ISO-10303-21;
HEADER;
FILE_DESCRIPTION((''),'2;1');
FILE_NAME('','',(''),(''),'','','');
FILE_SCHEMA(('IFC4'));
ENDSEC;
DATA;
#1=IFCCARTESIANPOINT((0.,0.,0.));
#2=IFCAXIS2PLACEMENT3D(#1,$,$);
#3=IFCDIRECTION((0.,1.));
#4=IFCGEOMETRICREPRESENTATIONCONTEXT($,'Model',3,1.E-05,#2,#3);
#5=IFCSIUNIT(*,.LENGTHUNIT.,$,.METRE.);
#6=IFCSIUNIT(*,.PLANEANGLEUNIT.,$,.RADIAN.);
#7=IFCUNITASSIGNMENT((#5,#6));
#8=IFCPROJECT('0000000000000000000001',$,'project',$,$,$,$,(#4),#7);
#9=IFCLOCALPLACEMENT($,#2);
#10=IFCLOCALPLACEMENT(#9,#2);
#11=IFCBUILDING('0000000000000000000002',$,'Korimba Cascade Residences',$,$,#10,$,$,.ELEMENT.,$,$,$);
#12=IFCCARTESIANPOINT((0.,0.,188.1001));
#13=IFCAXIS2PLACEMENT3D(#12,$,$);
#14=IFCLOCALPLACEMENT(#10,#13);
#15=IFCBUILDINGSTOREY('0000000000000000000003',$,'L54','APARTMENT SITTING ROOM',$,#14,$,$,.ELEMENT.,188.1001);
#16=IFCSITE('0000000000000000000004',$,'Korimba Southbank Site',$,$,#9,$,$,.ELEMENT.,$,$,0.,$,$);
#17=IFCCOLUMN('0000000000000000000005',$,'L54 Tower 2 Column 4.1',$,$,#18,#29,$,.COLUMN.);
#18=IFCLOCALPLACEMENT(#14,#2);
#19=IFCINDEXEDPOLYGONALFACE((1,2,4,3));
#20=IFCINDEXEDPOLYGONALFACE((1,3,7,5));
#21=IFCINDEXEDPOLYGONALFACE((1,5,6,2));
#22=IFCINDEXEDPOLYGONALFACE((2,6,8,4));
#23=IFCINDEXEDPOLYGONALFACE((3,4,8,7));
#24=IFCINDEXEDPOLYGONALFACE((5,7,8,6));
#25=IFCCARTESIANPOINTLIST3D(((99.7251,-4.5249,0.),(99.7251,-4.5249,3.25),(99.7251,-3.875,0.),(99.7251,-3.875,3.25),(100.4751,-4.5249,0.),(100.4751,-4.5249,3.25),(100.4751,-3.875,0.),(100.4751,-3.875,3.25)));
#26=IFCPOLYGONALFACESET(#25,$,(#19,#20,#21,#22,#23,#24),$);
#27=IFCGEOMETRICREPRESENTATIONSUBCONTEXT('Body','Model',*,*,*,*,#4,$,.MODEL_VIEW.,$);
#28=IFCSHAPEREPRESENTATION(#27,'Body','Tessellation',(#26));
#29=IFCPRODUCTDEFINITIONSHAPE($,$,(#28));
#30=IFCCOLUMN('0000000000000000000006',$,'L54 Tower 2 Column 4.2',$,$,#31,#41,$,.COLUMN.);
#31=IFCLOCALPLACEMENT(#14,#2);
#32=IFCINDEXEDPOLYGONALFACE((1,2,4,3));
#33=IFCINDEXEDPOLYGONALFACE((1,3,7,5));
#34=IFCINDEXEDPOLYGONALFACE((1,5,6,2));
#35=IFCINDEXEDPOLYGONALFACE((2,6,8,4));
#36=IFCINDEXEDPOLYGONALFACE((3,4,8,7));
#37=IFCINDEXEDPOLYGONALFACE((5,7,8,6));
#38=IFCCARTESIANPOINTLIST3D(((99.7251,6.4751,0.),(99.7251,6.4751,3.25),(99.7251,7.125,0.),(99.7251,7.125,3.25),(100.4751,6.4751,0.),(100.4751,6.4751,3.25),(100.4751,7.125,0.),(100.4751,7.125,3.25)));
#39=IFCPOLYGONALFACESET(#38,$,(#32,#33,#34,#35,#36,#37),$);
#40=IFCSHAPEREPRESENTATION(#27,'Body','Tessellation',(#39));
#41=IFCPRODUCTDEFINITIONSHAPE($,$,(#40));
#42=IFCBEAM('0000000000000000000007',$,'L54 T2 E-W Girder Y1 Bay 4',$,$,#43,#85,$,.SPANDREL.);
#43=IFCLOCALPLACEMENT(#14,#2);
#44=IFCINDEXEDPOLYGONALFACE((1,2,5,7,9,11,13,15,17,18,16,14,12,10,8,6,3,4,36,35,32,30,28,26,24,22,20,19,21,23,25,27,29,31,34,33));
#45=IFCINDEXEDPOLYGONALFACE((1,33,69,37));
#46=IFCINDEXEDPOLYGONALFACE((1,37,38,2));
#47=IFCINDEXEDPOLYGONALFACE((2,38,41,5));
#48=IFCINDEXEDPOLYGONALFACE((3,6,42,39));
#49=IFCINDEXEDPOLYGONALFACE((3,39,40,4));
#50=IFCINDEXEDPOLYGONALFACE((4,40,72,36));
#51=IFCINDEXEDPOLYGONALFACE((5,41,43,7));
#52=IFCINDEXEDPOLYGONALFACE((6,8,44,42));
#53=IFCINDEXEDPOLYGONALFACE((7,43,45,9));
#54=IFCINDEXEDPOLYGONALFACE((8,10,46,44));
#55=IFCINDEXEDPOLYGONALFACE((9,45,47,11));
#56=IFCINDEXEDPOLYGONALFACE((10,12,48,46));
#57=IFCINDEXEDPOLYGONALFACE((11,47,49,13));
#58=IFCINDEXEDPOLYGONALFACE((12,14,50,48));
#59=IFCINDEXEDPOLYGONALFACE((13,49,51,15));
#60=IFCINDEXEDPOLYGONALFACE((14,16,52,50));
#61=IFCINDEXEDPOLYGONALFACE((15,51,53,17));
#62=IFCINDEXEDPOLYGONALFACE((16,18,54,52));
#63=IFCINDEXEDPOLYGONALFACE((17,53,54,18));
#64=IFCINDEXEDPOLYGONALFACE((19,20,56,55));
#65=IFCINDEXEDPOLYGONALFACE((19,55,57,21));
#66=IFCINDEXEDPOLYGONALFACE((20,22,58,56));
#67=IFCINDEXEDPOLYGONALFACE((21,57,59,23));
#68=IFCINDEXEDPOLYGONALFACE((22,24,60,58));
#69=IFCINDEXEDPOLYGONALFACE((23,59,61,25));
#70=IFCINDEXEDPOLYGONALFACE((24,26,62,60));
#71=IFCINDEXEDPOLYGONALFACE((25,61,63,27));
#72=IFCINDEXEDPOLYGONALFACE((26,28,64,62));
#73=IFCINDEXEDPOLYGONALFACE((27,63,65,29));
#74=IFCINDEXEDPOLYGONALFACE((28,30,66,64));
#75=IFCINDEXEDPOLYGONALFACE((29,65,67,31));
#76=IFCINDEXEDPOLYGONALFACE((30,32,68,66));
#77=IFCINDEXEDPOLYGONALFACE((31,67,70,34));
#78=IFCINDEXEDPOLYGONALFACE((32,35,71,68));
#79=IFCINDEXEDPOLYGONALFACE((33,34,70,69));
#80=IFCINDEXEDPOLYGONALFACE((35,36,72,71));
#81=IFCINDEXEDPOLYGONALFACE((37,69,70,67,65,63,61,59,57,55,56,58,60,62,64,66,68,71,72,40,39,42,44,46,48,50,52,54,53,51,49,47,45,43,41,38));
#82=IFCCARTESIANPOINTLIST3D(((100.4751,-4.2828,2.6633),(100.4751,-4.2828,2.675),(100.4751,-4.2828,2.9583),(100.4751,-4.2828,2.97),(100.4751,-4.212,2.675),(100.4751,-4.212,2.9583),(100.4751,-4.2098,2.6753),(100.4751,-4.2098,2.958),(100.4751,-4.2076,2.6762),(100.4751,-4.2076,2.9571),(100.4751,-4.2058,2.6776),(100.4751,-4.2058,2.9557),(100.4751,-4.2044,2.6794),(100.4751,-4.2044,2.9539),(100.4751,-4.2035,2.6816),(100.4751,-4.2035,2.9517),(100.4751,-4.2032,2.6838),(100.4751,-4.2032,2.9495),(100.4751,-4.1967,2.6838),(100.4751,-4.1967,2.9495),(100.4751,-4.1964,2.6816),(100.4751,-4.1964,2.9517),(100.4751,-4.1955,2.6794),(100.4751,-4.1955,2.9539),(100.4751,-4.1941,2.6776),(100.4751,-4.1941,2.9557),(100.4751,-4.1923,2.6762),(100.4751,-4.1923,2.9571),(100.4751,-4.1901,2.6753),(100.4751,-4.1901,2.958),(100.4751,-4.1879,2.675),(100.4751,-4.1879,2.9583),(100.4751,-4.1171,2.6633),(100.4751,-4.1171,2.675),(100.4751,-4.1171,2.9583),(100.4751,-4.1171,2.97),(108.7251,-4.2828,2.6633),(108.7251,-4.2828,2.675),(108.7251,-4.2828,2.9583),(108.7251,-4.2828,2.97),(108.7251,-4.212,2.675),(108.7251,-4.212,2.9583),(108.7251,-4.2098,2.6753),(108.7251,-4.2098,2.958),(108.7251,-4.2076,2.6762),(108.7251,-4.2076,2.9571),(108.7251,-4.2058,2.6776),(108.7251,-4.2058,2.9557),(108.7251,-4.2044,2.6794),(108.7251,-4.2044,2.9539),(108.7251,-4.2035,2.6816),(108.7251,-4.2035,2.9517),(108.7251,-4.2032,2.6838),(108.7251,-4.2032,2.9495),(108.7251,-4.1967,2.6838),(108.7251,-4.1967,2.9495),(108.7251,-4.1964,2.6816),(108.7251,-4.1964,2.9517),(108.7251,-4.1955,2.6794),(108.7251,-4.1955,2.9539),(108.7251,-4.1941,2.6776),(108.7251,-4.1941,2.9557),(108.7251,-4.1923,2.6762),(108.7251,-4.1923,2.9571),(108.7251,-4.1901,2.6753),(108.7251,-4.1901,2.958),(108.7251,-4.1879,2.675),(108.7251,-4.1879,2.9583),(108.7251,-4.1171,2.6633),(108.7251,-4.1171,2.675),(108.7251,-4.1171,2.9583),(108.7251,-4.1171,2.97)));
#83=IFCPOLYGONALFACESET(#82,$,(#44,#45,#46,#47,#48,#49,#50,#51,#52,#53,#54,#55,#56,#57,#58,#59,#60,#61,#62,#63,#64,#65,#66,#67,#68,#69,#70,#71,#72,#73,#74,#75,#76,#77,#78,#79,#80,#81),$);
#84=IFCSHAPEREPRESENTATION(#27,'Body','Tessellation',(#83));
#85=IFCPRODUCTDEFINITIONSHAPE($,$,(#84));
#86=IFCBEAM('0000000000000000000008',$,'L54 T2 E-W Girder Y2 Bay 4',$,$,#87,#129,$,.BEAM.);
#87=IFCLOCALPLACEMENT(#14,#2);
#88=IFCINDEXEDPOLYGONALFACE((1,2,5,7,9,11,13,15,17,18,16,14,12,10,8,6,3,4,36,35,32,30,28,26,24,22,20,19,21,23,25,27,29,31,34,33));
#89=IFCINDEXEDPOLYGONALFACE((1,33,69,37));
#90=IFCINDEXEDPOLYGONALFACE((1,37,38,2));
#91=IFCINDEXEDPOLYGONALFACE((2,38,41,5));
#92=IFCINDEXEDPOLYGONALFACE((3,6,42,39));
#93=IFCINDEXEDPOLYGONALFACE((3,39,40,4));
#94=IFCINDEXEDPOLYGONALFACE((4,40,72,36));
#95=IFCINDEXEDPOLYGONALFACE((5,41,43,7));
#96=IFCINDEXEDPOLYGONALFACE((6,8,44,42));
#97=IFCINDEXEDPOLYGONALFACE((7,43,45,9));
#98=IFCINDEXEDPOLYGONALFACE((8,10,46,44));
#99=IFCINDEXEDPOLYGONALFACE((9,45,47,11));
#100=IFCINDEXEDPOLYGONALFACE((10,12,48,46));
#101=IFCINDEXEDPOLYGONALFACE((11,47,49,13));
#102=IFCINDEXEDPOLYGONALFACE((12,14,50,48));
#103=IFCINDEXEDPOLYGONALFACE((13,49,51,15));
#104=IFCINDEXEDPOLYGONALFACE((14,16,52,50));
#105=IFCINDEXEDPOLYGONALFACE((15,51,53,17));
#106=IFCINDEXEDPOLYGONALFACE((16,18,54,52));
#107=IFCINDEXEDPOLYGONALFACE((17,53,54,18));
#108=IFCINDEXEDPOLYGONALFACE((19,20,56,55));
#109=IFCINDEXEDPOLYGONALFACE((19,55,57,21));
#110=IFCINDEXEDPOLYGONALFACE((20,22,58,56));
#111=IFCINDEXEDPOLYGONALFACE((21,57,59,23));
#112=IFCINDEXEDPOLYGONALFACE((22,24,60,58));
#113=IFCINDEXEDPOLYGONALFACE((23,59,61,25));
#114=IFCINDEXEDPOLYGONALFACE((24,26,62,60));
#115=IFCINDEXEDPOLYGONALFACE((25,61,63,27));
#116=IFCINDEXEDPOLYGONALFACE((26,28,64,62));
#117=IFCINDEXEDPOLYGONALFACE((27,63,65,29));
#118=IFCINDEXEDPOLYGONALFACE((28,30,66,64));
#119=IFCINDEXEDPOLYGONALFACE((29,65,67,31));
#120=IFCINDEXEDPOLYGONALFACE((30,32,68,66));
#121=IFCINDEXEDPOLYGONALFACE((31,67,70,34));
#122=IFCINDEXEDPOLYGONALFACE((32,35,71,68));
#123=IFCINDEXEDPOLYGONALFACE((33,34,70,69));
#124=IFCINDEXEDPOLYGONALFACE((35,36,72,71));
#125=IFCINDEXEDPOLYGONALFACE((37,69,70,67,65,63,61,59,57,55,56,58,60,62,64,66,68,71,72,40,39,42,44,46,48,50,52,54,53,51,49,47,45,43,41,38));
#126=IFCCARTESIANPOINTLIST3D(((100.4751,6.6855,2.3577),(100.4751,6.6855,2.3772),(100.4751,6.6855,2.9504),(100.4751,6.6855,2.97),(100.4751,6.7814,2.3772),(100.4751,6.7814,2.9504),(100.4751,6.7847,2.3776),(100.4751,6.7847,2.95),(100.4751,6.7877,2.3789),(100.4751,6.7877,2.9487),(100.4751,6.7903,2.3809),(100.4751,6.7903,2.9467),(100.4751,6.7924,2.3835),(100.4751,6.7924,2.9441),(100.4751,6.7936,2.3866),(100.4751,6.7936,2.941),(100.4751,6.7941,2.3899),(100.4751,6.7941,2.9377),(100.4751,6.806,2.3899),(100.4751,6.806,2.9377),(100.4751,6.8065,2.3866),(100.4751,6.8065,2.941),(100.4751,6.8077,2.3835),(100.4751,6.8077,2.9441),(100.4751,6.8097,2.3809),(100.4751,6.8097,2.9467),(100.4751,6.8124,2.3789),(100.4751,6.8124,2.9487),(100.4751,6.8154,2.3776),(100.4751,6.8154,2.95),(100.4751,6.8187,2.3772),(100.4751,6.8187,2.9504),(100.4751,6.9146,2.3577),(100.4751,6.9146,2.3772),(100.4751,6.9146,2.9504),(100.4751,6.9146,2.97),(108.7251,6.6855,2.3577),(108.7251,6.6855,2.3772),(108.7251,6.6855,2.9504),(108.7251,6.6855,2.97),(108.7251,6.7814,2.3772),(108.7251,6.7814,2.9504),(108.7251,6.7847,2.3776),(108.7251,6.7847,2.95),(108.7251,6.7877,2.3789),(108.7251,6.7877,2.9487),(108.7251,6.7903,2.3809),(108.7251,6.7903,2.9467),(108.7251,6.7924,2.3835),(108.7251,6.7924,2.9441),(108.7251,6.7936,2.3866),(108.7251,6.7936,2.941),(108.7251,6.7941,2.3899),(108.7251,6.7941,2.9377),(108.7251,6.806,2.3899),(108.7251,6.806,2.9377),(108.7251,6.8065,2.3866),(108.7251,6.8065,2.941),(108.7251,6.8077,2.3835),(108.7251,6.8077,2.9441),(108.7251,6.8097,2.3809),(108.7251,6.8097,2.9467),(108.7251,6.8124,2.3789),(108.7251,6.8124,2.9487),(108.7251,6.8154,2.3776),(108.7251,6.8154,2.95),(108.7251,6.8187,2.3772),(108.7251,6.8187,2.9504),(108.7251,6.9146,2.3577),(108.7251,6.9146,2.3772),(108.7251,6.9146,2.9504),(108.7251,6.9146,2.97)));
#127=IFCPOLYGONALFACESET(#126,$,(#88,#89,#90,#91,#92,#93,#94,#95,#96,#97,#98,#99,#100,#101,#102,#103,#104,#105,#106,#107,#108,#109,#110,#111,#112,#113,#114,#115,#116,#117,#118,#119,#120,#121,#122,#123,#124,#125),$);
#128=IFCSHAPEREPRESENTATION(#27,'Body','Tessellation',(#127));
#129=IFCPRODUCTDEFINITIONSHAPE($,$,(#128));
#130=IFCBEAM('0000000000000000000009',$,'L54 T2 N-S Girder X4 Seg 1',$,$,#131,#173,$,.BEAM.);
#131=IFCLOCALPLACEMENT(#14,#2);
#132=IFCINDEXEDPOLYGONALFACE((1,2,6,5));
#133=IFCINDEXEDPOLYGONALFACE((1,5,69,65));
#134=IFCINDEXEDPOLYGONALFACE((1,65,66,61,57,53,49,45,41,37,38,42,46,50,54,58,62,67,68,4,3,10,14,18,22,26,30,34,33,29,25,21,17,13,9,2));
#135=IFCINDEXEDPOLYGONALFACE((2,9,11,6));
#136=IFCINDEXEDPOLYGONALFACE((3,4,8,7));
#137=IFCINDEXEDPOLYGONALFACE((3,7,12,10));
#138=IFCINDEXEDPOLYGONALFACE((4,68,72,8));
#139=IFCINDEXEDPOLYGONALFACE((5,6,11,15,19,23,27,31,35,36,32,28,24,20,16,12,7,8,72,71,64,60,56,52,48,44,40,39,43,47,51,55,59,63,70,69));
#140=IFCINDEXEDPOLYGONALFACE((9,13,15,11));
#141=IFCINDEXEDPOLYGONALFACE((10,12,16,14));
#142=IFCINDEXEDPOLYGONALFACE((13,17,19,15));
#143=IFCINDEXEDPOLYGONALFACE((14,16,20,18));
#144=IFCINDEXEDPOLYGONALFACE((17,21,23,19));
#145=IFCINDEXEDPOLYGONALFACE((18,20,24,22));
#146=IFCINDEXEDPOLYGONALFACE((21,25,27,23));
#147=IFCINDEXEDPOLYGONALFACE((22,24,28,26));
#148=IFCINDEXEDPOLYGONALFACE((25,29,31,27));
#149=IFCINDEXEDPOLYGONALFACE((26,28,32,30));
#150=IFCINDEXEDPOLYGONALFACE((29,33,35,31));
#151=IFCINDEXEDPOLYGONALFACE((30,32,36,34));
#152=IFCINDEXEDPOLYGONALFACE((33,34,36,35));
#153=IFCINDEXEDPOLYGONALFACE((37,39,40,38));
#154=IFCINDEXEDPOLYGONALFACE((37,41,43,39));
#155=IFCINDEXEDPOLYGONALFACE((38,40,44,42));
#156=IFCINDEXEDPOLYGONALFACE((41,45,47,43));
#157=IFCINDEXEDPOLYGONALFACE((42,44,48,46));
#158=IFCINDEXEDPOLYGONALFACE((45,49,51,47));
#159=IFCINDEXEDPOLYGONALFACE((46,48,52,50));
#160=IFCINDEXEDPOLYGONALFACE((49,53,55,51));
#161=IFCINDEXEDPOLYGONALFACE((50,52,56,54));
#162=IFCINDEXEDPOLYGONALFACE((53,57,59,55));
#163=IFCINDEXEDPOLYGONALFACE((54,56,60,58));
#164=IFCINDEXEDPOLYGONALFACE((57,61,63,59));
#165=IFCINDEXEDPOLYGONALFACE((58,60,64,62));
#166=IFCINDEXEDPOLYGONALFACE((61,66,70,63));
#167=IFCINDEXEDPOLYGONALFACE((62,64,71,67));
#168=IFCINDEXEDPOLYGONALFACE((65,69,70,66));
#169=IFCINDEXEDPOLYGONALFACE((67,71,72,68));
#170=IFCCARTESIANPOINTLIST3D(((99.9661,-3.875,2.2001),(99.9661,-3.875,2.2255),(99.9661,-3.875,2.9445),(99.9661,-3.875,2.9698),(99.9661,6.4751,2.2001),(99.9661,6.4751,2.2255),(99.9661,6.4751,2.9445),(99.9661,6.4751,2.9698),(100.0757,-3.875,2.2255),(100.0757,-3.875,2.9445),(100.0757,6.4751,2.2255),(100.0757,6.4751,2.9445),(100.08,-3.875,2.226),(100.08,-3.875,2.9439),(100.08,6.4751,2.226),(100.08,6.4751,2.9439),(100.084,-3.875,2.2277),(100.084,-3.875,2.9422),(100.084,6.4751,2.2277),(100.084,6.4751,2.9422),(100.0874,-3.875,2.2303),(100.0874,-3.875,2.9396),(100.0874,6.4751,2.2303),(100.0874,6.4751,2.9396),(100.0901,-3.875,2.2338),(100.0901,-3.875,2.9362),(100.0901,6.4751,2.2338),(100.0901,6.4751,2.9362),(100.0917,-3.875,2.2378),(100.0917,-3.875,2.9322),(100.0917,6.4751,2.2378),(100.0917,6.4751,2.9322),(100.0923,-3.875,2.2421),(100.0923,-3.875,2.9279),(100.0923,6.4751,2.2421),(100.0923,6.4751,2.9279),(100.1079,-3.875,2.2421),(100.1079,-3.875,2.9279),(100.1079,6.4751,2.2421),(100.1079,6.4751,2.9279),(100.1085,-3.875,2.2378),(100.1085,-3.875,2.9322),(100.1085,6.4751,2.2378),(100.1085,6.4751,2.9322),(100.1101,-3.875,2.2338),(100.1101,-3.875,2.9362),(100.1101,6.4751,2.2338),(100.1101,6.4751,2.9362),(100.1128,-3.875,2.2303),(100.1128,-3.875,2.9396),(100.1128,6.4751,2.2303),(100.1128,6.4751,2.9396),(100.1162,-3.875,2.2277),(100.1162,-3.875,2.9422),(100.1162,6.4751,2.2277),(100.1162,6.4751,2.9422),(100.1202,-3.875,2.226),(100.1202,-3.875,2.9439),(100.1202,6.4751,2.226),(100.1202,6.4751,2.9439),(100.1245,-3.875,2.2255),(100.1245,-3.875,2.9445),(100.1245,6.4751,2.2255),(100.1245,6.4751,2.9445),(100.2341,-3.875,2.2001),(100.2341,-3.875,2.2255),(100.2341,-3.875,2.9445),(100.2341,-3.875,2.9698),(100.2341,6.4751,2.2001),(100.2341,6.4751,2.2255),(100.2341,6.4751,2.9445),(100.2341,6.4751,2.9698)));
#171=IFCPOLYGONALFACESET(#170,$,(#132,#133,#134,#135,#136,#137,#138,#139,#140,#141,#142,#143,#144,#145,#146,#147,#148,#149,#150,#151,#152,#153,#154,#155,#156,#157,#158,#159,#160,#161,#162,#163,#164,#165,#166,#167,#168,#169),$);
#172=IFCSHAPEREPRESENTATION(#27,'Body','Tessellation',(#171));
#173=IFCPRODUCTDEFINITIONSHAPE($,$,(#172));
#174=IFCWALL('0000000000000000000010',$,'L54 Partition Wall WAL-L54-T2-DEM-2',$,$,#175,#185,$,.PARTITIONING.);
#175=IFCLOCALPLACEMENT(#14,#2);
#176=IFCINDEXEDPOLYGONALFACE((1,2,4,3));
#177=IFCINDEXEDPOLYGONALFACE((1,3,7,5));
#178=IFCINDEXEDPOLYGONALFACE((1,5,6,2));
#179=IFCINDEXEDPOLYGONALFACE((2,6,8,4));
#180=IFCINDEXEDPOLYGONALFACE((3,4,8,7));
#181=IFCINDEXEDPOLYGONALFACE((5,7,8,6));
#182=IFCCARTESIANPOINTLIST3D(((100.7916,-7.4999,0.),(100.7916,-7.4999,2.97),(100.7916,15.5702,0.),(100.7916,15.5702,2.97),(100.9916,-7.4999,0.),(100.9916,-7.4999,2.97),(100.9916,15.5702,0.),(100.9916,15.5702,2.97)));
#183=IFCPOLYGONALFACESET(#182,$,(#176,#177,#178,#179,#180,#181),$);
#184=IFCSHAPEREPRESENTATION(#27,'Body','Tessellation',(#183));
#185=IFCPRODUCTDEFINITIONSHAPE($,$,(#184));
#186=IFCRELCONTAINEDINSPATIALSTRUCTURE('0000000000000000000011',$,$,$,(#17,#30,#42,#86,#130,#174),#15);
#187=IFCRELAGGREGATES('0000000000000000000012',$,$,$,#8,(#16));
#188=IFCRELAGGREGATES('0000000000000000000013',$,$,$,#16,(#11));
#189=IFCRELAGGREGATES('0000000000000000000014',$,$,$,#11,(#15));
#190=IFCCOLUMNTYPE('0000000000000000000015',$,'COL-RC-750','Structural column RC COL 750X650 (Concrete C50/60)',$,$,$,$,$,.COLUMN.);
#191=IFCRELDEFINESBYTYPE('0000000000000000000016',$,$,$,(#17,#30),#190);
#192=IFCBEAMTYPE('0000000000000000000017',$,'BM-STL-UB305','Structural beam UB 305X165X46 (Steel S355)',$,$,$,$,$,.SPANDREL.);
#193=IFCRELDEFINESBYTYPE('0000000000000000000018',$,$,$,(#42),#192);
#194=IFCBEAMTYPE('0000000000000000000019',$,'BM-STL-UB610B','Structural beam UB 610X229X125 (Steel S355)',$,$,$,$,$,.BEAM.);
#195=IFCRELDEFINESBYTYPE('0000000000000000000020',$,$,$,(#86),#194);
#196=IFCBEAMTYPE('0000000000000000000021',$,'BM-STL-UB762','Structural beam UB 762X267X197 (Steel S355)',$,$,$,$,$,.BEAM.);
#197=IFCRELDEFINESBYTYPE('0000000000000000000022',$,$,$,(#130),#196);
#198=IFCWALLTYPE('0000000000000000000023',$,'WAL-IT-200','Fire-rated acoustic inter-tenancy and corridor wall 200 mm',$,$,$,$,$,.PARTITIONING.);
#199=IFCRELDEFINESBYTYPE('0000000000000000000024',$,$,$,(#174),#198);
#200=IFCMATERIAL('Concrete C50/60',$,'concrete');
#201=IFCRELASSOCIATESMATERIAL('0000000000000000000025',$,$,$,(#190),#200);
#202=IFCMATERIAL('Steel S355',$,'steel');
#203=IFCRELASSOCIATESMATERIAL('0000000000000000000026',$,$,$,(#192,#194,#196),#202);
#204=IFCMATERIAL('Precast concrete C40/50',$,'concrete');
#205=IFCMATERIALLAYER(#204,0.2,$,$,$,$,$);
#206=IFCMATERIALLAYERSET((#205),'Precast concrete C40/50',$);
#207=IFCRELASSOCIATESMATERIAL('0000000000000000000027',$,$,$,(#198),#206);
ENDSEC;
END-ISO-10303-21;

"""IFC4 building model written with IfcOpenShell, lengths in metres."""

from ifc_helpers import new_model, si_unit, direction, frame, frame_2d, origin, origin_2d, place, context, subcontext, project, spatial, rectangle, i_section, extrude, material, layer, layer_set, material_profile, profile_set, type_object, element, save


model = new_model("IFC4")

# Units and contexts
model_context = context("Model", 3, precision=1e-05, world=origin(), true_north=direction((0.0, 1.0)))
body_context = subcontext(model_context, "Body", "Model", "MODEL_VIEW")
ifc_project = project(units=[si_unit("LENGTHUNIT", "METRE"), si_unit("PLANEANGLEUNIT", "RADIAN")], contexts=[model_context])

# Site, building, storey
site_placement = place(None, origin())
site = spatial("IfcSite", under=ifc_project, at=site_placement, Name="Korimba Southbank Site", CompositionType="ELEMENT", RefElevation=0.0)
building_placement = place(site_placement, origin())
building = spatial("IfcBuilding", under=site, at=building_placement, Name="Korimba Cascade Residences", CompositionType="ELEMENT")
storey_placement = place(building_placement, frame((0.0, 0.0, 188.1001)))
storey = spatial("IfcBuildingStorey", under=building, at=storey_placement, Name="L54", Description="APARTMENT SITTING ROOM", CompositionType="ELEMENT", Elevation=188.1001)

# Columns
ifc_material_1 = material(Name="Concrete C50/60", Category="concrete")
ifc_material_profile_1 = material_profile(ifc_material_1, rectangle(XDim=0.75, YDim=0.6499, at=origin_2d()), Name="Concrete C50/60")
ifc_profile_set_1 = profile_set([ifc_material_profile_1], Name="Concrete C50/60")
column_type = type_object("IfcColumnType", Name="COL-RC-750", Description="Structural column RC COL 750X650 (Concrete C50/60)", PredefinedType="COLUMN", material=ifc_profile_set_1)
for number, where, z_axis, x_axis, name in (
    (1, (100.1001, -4.2, 0.0), (0.0, 0.0, 1.0), (1.0, 0.0, 0.0), "L54 Tower 2 Column 4.1"),
    (2, (100.1001, 6.8, 0.0), (0.0, 0.0, 1.0), (1.0, 0.0, 0.0), "L54 Tower 2 Column 4.2"),
):
    element("IfcColumn", number, at=place(storey_placement, frame(where, z_axis=z_axis, x_axis=x_axis)), inside=storey, type_object=column_type, Name=name, PredefinedType="COLUMN", context=body_context, shape_type="SweptSolid", body=[
        extrude(rectangle(XDim=0.75, YDim=0.6499, at=origin_2d()), origin(), (0.0, 0.0, 1.0), 3.25),
    ])

# Beams
ifc_material_2 = material(Name="Steel S355", Category="steel")
ifc_material_profile_2 = material_profile(ifc_material_2, i_section(OverallWidth=0.1658, OverallDepth=0.3066, WebThickness=0.0066, FlangeThickness=0.0117, FilletRadius=0.0088, at=origin_2d()), Name="Steel S355")
ifc_profile_set_2 = profile_set([ifc_material_profile_2], Name="Steel S355")
beam_type_1 = type_object("IfcBeamType", Name="BM-STL-UB305", Description="Structural beam UB 305X165X46 (Steel S355)", PredefinedType="SPANDREL", material=ifc_profile_set_2)
beam_1_placement = place(storey_placement, frame((100.4751, -4.2, 2.8167), z_axis=(1.0, 0.0, 0.0), x_axis=(0.0, 1.0, 0.0)))
element("IfcBeam", 3, at=beam_1_placement, inside=storey, type_object=beam_type_1, Name="L54 T2 E-W Girder Y1 Bay 4", PredefinedType="SPANDREL", context=body_context, shape_type="SweptSolid", body=[
    extrude(i_section(OverallWidth=0.1658, OverallDepth=0.3066, WebThickness=0.0066, FlangeThickness=0.0117, FilletRadius=0.0088, at=origin_2d()), origin(), (0.0, 0.0, 1.0), 8.25),
])
ifc_material_profile_3 = material_profile(ifc_material_2, i_section(OverallWidth=0.229, OverallDepth=0.6123, WebThickness=0.012, FlangeThickness=0.0195, FilletRadius=0.0127, at=origin_2d()), Name="Steel S355")
ifc_profile_set_3 = profile_set([ifc_material_profile_3], Name="Steel S355")
beam_type_2 = type_object("IfcBeamType", Name="BM-STL-UB610B", Description="Structural beam UB 610X229X125 (Steel S355)", PredefinedType="BEAM", material=ifc_profile_set_3)
beam_2_placement = place(storey_placement, frame((100.4751, 6.8, 2.6638), z_axis=(1.0, 0.0, 0.0), x_axis=(0.0, 1.0, 0.0)))
element("IfcBeam", 4, at=beam_2_placement, inside=storey, type_object=beam_type_2, Name="L54 T2 E-W Girder Y2 Bay 4", PredefinedType="BEAM", context=body_context, shape_type="SweptSolid", body=[
    extrude(i_section(OverallWidth=0.229, OverallDepth=0.6123, WebThickness=0.012, FlangeThickness=0.0195, FilletRadius=0.0127, at=origin_2d()), origin(), (0.0, 0.0, 1.0), 8.25),
])
ifc_material_profile_4 = material_profile(ifc_material_2, i_section(OverallWidth=0.2681, OverallDepth=0.7698, WebThickness=0.0156, FlangeThickness=0.0254, FilletRadius=0.0166, at=origin_2d()), Name="Steel S355")
ifc_profile_set_4 = profile_set([ifc_material_profile_4], Name="Steel S355")
beam_type_3 = type_object("IfcBeamType", Name="BM-STL-UB762", Description="Structural beam UB 762X267X197 (Steel S355)", PredefinedType="BEAM", material=ifc_profile_set_4)
beam_3_placement = place(storey_placement, frame((100.1001, -3.875, 2.585), z_axis=(0.0, 1.0, 0.0), x_axis=(-1.0, 0.0, 0.0)))
element("IfcBeam", 5, at=beam_3_placement, inside=storey, type_object=beam_type_3, Name="L54 T2 N-S Girder X4 Seg 1", PredefinedType="BEAM", context=body_context, shape_type="SweptSolid", body=[
    extrude(i_section(OverallWidth=0.2681, OverallDepth=0.7698, WebThickness=0.0156, FlangeThickness=0.0254, FilletRadius=0.0166, at=origin_2d()), origin(), (0.0, 0.0, 1.0), 10.3501),
])

# Wall
ifc_material_3 = material(Name="Precast concrete C40/50", Category="concrete")
ifc_layer_1 = layer(ifc_material_3, 0.2)
ifc_layer_set_1 = layer_set([ifc_layer_1], Name="Precast concrete C40/50")
wall_type_1 = type_object("IfcWallType", Name="WAL-IT-200", Description="Fire-rated acoustic inter-tenancy and corridor wall 200 mm", PredefinedType="PARTITIONING", material=ifc_layer_set_1)
wall_1_placement = place(storey_placement, frame((100.8916, -7.5, 0.0), z_axis=(0.0, 0.0, 1.0), x_axis=(0.0, 1.0, 0.0)))
element("IfcWall", 6, at=wall_1_placement, inside=storey, type_object=wall_type_1, Name="L54 Partition Wall WAL-L54-T2-DEM-2", PredefinedType="PARTITIONING", context=body_context, shape_type="SweptSolid", body=[
    extrude(rectangle(XDim=23.0701, YDim=0.2, at=frame_2d((11.5352, 0.0))), origin(), (0.0, 0.0, 1.0), 2.97),
])

save(model, "model.ifc")
